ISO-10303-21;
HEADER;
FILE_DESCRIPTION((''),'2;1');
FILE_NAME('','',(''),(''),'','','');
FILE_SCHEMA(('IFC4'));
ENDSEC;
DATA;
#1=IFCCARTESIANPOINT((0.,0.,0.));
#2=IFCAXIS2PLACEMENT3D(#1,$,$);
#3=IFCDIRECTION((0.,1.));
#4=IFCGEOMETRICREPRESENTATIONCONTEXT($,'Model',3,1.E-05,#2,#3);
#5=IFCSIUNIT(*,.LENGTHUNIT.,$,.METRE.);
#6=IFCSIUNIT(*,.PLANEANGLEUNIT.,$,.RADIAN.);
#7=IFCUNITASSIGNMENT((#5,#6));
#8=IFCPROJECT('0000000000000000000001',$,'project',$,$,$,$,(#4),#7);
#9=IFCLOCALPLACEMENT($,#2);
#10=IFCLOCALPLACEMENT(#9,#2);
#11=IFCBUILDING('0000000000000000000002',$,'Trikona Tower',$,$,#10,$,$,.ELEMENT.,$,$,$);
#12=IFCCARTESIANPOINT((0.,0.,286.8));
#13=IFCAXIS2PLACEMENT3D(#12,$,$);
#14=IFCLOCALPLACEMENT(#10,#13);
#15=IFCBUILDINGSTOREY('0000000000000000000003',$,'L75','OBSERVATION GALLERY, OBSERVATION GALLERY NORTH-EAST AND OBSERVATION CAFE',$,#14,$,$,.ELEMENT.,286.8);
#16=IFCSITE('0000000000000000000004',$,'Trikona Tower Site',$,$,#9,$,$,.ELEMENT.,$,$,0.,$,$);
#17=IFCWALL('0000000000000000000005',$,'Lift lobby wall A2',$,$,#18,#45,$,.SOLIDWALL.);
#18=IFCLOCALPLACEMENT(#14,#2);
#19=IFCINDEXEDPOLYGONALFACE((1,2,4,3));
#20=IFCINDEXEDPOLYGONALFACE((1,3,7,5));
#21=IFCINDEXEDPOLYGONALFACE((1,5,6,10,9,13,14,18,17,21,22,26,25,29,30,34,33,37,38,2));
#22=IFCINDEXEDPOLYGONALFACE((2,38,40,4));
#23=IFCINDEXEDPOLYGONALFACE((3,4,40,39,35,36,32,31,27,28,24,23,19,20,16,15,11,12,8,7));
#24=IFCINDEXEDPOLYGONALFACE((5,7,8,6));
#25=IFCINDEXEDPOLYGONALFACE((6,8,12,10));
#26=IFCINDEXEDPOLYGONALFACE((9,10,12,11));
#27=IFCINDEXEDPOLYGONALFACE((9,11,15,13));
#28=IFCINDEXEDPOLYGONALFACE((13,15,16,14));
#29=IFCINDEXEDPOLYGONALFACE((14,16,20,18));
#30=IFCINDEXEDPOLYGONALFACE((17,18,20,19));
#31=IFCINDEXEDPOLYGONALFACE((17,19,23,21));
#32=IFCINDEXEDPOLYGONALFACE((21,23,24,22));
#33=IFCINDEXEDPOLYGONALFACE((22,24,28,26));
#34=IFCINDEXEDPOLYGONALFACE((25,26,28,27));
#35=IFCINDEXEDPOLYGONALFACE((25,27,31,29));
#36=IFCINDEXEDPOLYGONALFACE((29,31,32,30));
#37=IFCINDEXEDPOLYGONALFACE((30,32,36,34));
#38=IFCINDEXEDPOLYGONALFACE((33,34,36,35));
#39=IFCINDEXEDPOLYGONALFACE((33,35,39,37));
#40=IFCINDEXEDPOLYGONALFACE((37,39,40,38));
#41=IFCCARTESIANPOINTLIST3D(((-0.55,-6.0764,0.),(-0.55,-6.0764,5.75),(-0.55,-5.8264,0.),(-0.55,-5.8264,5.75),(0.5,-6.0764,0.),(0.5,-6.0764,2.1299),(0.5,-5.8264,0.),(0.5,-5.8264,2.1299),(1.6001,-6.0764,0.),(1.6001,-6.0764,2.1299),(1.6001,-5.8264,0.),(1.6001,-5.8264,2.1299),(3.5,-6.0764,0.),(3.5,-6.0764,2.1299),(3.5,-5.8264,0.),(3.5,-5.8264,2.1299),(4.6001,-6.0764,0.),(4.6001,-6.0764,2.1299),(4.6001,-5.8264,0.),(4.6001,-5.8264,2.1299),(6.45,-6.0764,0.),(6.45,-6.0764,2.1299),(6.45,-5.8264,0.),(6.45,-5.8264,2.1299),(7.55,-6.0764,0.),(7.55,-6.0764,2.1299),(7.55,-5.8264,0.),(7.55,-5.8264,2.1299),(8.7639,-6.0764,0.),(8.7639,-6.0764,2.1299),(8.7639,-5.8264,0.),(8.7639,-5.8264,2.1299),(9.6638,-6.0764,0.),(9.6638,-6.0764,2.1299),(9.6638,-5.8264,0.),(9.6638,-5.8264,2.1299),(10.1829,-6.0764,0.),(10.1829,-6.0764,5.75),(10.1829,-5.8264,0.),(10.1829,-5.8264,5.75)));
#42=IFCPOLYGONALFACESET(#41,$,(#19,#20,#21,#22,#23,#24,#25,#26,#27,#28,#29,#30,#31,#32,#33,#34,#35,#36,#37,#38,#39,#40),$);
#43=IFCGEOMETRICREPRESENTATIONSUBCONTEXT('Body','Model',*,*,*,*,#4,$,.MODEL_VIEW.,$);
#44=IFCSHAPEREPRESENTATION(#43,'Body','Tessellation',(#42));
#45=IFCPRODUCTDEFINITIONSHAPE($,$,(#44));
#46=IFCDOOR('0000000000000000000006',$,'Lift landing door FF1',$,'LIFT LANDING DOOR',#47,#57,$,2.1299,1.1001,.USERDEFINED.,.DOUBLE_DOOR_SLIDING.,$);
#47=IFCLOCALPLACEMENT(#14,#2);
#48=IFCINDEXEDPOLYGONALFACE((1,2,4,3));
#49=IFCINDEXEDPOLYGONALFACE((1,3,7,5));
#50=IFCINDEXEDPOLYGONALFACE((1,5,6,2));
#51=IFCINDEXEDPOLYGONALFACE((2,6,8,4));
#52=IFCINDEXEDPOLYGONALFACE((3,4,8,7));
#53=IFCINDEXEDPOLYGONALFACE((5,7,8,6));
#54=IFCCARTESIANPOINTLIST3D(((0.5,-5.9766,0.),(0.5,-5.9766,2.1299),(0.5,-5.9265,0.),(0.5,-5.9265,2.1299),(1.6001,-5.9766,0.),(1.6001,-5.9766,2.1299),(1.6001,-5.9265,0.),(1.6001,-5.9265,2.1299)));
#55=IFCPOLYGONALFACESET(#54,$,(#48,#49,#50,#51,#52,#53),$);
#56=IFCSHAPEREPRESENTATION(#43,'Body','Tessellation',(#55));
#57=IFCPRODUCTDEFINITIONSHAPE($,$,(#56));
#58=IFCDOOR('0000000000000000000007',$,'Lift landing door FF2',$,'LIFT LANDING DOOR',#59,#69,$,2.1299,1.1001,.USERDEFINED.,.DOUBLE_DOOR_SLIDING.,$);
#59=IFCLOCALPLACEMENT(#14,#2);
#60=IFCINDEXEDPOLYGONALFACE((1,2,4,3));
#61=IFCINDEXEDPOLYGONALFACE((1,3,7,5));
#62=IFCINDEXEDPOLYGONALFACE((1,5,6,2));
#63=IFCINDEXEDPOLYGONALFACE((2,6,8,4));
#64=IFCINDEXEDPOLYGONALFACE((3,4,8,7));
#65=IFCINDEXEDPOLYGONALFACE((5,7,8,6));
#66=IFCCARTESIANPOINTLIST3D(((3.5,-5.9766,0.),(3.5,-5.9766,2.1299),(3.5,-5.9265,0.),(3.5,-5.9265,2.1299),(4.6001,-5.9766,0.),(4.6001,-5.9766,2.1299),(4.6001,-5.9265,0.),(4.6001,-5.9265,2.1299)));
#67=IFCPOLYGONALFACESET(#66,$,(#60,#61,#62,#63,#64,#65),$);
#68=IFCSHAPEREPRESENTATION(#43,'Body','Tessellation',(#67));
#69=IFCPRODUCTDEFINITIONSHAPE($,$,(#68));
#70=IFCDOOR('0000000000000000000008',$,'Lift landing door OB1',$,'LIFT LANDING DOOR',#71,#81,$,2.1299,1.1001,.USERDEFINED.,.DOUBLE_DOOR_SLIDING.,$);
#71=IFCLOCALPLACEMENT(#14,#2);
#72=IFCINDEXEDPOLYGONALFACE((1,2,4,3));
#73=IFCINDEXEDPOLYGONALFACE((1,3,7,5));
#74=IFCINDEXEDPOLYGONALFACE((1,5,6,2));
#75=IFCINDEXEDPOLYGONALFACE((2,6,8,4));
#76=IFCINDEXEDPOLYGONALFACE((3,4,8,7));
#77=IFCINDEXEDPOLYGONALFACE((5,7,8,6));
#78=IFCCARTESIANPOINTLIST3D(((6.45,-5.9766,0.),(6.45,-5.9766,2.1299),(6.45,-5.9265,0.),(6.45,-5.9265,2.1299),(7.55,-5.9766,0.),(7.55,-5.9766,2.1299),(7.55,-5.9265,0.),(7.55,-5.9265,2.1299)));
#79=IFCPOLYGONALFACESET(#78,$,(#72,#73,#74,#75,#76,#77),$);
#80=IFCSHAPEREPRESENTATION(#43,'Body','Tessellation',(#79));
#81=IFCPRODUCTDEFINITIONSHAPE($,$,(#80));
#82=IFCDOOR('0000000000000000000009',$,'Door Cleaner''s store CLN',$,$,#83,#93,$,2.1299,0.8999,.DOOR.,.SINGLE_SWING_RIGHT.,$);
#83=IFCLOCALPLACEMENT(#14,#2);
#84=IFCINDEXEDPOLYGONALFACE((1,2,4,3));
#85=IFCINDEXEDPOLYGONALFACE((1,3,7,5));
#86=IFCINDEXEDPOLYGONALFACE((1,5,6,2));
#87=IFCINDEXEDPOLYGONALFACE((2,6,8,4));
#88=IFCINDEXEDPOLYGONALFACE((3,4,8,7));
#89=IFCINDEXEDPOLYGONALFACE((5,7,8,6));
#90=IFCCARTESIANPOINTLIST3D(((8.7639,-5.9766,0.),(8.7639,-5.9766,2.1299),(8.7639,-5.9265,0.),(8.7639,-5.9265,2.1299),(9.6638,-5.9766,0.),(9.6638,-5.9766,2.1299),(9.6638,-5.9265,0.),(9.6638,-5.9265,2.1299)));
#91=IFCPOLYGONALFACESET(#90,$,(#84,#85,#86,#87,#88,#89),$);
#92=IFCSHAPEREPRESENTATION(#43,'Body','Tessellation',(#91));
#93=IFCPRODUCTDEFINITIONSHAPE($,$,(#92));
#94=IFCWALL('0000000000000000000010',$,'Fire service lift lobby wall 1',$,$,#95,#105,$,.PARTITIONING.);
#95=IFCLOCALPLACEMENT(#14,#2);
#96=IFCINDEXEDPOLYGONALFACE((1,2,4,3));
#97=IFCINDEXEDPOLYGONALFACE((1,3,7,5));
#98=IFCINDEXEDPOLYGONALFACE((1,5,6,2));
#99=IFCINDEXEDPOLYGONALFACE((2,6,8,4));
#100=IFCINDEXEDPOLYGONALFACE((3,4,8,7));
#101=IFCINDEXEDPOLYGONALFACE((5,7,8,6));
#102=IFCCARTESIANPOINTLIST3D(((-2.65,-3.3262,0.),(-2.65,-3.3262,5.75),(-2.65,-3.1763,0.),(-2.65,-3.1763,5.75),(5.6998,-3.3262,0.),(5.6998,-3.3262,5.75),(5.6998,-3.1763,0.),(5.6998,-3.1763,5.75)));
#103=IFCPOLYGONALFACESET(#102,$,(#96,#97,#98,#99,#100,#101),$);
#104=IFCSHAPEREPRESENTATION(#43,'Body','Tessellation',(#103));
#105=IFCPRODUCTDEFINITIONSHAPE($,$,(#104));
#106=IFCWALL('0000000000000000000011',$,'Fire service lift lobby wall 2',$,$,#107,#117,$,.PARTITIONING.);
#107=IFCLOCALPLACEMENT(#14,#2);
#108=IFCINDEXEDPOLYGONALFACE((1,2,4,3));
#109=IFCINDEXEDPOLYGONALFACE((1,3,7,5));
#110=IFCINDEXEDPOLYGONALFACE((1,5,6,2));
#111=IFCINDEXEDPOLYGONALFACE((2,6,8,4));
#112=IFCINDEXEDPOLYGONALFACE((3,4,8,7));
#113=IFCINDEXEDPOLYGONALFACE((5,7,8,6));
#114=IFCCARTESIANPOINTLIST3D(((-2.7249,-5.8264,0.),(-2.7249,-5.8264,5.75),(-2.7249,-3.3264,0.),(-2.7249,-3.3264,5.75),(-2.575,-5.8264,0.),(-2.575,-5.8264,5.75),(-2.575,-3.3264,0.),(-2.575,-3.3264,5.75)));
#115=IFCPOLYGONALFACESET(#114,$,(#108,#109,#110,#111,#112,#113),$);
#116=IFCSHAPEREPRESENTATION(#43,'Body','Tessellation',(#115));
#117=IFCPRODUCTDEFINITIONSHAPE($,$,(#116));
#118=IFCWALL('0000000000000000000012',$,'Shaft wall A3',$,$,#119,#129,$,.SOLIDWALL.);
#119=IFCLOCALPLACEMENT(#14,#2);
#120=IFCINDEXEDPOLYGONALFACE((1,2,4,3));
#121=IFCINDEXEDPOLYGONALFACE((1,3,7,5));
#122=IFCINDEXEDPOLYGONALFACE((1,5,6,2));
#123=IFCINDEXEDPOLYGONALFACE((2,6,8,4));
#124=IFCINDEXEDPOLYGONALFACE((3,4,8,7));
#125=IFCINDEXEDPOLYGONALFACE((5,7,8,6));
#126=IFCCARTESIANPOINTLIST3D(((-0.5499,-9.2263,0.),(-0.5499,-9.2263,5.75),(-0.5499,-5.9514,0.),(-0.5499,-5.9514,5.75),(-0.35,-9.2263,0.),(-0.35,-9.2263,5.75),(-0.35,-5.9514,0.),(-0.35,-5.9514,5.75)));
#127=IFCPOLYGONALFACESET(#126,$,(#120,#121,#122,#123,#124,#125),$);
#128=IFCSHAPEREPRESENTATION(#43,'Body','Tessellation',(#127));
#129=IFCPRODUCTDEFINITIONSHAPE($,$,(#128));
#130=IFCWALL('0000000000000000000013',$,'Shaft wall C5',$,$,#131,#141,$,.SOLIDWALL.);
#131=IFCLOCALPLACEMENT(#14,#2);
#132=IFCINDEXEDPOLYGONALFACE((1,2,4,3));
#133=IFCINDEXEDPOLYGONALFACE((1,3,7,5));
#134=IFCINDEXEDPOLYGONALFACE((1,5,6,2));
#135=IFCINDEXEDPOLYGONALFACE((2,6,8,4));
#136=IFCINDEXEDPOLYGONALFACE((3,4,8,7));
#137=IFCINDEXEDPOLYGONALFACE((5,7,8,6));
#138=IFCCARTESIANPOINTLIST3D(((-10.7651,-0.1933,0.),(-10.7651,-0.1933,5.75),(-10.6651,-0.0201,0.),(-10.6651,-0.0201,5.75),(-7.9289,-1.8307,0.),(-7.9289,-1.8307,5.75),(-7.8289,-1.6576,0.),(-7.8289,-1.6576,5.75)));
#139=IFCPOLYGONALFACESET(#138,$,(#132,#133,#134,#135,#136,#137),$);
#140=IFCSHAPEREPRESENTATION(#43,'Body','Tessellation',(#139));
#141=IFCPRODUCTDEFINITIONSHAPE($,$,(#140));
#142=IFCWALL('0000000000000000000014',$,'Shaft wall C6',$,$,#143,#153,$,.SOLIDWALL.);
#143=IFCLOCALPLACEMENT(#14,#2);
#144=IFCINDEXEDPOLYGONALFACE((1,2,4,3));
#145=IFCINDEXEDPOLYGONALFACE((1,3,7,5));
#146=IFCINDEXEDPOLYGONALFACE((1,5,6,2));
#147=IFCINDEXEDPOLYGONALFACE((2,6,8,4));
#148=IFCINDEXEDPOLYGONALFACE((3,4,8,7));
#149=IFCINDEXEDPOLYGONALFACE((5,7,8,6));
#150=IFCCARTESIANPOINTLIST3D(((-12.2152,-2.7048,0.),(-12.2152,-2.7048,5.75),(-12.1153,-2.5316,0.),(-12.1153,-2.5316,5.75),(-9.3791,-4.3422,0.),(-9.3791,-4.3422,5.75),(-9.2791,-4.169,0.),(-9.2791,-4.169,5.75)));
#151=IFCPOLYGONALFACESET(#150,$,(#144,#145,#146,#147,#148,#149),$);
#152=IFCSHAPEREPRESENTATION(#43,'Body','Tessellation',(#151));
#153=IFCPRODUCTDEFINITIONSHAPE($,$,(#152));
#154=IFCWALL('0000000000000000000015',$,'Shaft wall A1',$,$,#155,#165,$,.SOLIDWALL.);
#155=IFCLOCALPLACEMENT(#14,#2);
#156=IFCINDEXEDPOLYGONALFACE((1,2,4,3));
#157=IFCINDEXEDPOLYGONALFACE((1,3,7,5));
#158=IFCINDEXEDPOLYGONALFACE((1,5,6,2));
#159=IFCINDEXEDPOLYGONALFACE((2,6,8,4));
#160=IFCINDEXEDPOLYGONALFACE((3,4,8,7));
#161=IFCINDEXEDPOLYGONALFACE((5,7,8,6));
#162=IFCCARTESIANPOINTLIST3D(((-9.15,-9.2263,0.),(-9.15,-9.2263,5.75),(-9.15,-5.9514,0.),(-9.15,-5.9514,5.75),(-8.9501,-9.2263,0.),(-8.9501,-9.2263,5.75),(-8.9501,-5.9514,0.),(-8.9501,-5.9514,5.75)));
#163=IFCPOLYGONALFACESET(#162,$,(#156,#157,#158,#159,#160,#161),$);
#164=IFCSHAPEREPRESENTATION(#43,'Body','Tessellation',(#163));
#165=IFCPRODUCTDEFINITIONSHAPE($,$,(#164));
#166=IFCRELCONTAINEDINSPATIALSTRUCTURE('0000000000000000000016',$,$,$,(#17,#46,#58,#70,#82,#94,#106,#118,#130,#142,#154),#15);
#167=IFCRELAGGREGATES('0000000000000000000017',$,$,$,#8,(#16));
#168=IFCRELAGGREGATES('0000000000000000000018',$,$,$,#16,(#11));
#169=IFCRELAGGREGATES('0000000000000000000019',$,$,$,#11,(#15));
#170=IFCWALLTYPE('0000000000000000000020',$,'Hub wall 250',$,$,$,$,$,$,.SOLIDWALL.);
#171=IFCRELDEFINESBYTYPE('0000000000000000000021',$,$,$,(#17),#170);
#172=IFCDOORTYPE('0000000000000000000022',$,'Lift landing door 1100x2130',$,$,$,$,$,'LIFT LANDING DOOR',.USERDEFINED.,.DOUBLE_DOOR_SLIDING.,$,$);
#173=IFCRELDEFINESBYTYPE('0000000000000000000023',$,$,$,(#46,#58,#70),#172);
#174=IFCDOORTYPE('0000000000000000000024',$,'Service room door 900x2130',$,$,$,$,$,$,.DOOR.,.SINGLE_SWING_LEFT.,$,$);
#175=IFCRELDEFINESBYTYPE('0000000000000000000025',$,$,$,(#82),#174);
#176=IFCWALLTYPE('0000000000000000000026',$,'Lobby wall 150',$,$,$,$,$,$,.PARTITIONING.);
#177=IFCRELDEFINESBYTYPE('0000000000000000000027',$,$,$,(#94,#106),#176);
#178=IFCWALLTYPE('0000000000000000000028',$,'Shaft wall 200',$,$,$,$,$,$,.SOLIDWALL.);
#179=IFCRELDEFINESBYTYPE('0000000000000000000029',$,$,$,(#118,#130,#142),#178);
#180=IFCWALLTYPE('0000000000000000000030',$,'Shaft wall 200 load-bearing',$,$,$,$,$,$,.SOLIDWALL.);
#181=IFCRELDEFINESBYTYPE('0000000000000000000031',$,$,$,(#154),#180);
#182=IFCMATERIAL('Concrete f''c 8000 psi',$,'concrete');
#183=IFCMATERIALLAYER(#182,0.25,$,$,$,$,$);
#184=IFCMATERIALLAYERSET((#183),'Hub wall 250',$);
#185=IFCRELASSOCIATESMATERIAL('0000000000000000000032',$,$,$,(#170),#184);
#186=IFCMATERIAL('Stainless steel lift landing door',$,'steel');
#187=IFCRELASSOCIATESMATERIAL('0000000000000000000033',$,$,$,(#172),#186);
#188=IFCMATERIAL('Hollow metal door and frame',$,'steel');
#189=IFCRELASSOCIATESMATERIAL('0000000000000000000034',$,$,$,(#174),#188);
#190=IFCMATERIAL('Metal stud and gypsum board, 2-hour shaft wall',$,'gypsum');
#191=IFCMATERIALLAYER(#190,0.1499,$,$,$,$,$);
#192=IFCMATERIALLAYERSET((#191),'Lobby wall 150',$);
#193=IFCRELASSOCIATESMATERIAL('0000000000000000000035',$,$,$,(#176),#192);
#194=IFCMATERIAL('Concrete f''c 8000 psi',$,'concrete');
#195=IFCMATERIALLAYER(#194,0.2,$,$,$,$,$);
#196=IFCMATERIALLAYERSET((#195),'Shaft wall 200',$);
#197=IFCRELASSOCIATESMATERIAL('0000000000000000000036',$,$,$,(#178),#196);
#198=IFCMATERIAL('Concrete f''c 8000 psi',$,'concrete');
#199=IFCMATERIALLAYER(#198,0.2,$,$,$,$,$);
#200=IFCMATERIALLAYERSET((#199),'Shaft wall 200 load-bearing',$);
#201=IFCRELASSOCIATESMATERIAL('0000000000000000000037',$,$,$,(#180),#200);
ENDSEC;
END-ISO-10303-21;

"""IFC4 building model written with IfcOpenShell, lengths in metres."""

from ifc_helpers import new_model, si_unit, direction, frame, frame_2d, origin, place, context, subcontext, project, spatial, rectangle, extrude, material, layer, layer_set, type_object, element, fill, save


model = new_model("IFC4")

# Units and contexts
model_context = context("Model", 3, precision=1e-05, world=origin(), true_north=direction((0.0, 1.0)))
body_context = subcontext(model_context, "Body", "Model", "MODEL_VIEW")
ifc_project = project(units=[si_unit("LENGTHUNIT", "METRE"), si_unit("PLANEANGLEUNIT", "RADIAN")], contexts=[model_context])

# Site, building, storey
site_placement = place(None, origin())
site = spatial("IfcSite", under=ifc_project, at=site_placement, Name="Trikona Tower Site", CompositionType="ELEMENT", RefElevation=0.0)
building_placement = place(site_placement, origin())
building = spatial("IfcBuilding", under=site, at=building_placement, Name="Trikona Tower", CompositionType="ELEMENT")
storey_placement = place(building_placement, frame((0.0, 0.0, 286.8)))
storey = spatial("IfcBuildingStorey", under=building, at=storey_placement, Name="L75", Description="OBSERVATION GALLERY, OBSERVATION GALLERY NORTH-EAST AND OBSERVATION CAFE", CompositionType="ELEMENT", Elevation=286.8)

# Shared definitions
ifc_material_1 = material(Name="Concrete f'c 8000 psi", Category="concrete")
ifc_layer_1 = layer(ifc_material_1, 0.25)
ifc_layer_set_1 = layer_set([ifc_layer_1], Name="Hub wall 250")
wall_type_1 = type_object("IfcWallType", Name="Hub wall 250", PredefinedType="SOLIDWALL", material=ifc_layer_set_1)

# Wall, openings, doors
wall_1_placement = place(storey_placement, frame((-0.55, -5.9514, 0.0), z_axis=(0.0, 0.0, 1.0), x_axis=(1.0, 0.0, 0.0)))
wall_1 = element("IfcWall", 1, at=wall_1_placement, inside=storey, type_object=wall_type_1, Name="Lift lobby wall A2", PredefinedType="SOLIDWALL", context=body_context, shape_type="SweptSolid", body=[
    extrude(rectangle(XDim=10.7329, YDim=0.25, at=frame_2d((5.3665, 0.0))), origin(), (0.0, 0.0, 1.0), 5.75),
])
opening_1_placement = place(wall_1_placement, frame((9.314, 0.0, 0.0)))
opening_1 = element("IfcOpeningElement", 2, at=opening_1_placement, cuts=wall_1, PredefinedType="OPENING", context=body_context, shape_type="SweptSolid", body=[
    extrude(rectangle(XDim=0.8999, YDim=2.1299, at=frame_2d((0.45, 1.0649))), frame((0.0, 0.135, 0.0), z_axis=(0.0, -1.0, 0.0), x_axis=(1.0, 0.0, 0.0)), (0.0, 0.0, 1.0), 0.27),
])
opening_2_placement = place(wall_1_placement, frame((1.05, 0.0, 0.0)))
opening_2 = element("IfcOpeningElement", 3, at=opening_2_placement, cuts=wall_1, PredefinedType="OPENING", context=body_context, shape_type="SweptSolid", body=[
    extrude(rectangle(XDim=1.1001, YDim=2.1299, at=frame_2d((0.55, 1.0649))), frame((0.0, 0.135, 0.0), z_axis=(0.0, -1.0, 0.0), x_axis=(1.0, 0.0, 0.0)), (0.0, 0.0, 1.0), 0.27),
])
opening_3_placement = place(wall_1_placement, frame((4.05, 0.0, 0.0)))
opening_3 = element("IfcOpeningElement", 4, at=opening_3_placement, cuts=wall_1, PredefinedType="OPENING", context=body_context, shape_type="SweptSolid", body=[
    extrude(rectangle(XDim=1.1001, YDim=2.1299, at=frame_2d((0.55, 1.0649))), frame((0.0, 0.135, 0.0), z_axis=(0.0, -1.0, 0.0), x_axis=(1.0, 0.0, 0.0)), (0.0, 0.0, 1.0), 0.27),
])
opening_4_placement = place(wall_1_placement, frame((7.0, 0.0, 0.0)))
opening_4 = element("IfcOpeningElement", 5, at=opening_4_placement, cuts=wall_1, PredefinedType="OPENING", context=body_context, shape_type="SweptSolid", body=[
    extrude(rectangle(XDim=1.1001, YDim=2.1299, at=frame_2d((0.55, 1.0649))), frame((0.0, 0.135, 0.0), z_axis=(0.0, -1.0, 0.0), x_axis=(1.0, 0.0, 0.0)), (0.0, 0.0, 1.0), 0.27),
])
ifc_material_2 = material(Name="Stainless steel lift landing door", Category="steel")
door_type_1 = type_object("IfcDoorType", Name="Lift landing door 1100x2130", ElementType="LIFT LANDING DOOR", OperationType="DOUBLE_DOOR_SLIDING", PredefinedType="USERDEFINED", material=ifc_material_2)
door_1_placement = place(opening_2_placement, origin())
door_1 = element("IfcDoor", 6, at=door_1_placement, inside=storey, type_object=door_type_1, Name="Lift landing door FF1", ObjectType="LIFT LANDING DOOR", OperationType="DOUBLE_DOOR_SLIDING", OverallHeight=2.1299, OverallWidth=1.1001, PredefinedType="USERDEFINED", context=body_context, shape_type="SweptSolid", body=[
    extrude(rectangle(XDim=1.1001, YDim=2.1299, at=frame_2d((0.55, 1.0649))), frame((0.0, 0.0249, 0.0), z_axis=(0.0, -1.0, 0.0), x_axis=(1.0, 0.0, 0.0)), (0.0, 0.0, 1.0), 0.05),
])
fill(opening_2, door_1)
door_2_placement = place(opening_3_placement, origin())
door_2 = element("IfcDoor", 7, at=door_2_placement, inside=storey, type_object=door_type_1, Name="Lift landing door FF2", ObjectType="LIFT LANDING DOOR", OperationType="DOUBLE_DOOR_SLIDING", OverallHeight=2.1299, OverallWidth=1.1001, PredefinedType="USERDEFINED", context=body_context, shape_type="SweptSolid", body=[
    extrude(rectangle(XDim=1.1001, YDim=2.1299, at=frame_2d((0.55, 1.0649))), frame((0.0, 0.0249, 0.0), z_axis=(0.0, -1.0, 0.0), x_axis=(1.0, 0.0, 0.0)), (0.0, 0.0, 1.0), 0.05),
])
fill(opening_3, door_2)
door_3_placement = place(opening_4_placement, origin())
door_3 = element("IfcDoor", 8, at=door_3_placement, inside=storey, type_object=door_type_1, Name="Lift landing door OB1", ObjectType="LIFT LANDING DOOR", OperationType="DOUBLE_DOOR_SLIDING", OverallHeight=2.1299, OverallWidth=1.1001, PredefinedType="USERDEFINED", context=body_context, shape_type="SweptSolid", body=[
    extrude(rectangle(XDim=1.1001, YDim=2.1299, at=frame_2d((0.55, 1.0649))), frame((0.0, 0.0249, 0.0), z_axis=(0.0, -1.0, 0.0), x_axis=(1.0, 0.0, 0.0)), (0.0, 0.0, 1.0), 0.05),
])
fill(opening_4, door_3)
ifc_material_3 = material(Name="Hollow metal door and frame", Category="steel")
door_type_2 = type_object("IfcDoorType", Name="Service room door 900x2130", OperationType="SINGLE_SWING_LEFT", PredefinedType="DOOR", material=ifc_material_3)
door_4_placement = place(opening_1_placement, origin())
door_4 = element("IfcDoor", 9, at=door_4_placement, inside=storey, type_object=door_type_2, Name="Door Cleaner's store CLN", OperationType="SINGLE_SWING_RIGHT", OverallHeight=2.1299, OverallWidth=0.8999, PredefinedType="DOOR", context=body_context, shape_type="SweptSolid", body=[
    extrude(rectangle(XDim=0.8999, YDim=2.1299, at=frame_2d((0.45, 1.0649))), frame((0.0, 0.0249, 0.0), z_axis=(0.0, -1.0, 0.0), x_axis=(1.0, 0.0, 0.0)), (0.0, 0.0, 1.0), 0.05),
])
fill(opening_1, door_4)

# Walls
ifc_material_4 = material(Name="Metal stud and gypsum board, 2-hour shaft wall", Category="gypsum")
ifc_layer_2 = layer(ifc_material_4, 0.1499)
ifc_layer_set_2 = layer_set([ifc_layer_2], Name="Lobby wall 150")
wall_type_2 = type_object("IfcWallType", Name="Lobby wall 150", PredefinedType="PARTITIONING", material=ifc_layer_set_2)
wall_2_placement = place(storey_placement, frame((-2.6499, -3.2512, 0.0), z_axis=(0.0, 0.0, 1.0), x_axis=(1.0, 0.0, 0.0)))
element("IfcWall", 10, at=wall_2_placement, inside=storey, type_object=wall_type_2, Name="Fire service lift lobby wall 1", PredefinedType="PARTITIONING", context=body_context, shape_type="SweptSolid", body=[
    extrude(rectangle(XDim=8.3499, YDim=0.1499, at=frame_2d((4.1748, 0.0))), origin(), (0.0, 0.0, 1.0), 5.75),
])
wall_3_placement = place(storey_placement, frame((-2.6499, -5.8264, 0.0), z_axis=(0.0, 0.0, 1.0), x_axis=(0.0, 1.0, 0.0)))
element("IfcWall", 11, at=wall_3_placement, inside=storey, type_object=wall_type_2, Name="Fire service lift lobby wall 2", PredefinedType="PARTITIONING", context=body_context, shape_type="SweptSolid", body=[
    extrude(rectangle(XDim=2.5, YDim=0.1499, at=frame_2d((1.25, 0.0))), origin(), (0.0, 0.0, 1.0), 5.75),
])
ifc_material_5 = material(Name="Concrete f'c 8000 psi", Category="concrete")
ifc_layer_3 = layer(ifc_material_5, 0.2)
ifc_layer_set_3 = layer_set([ifc_layer_3], Name="Shaft wall 200")
wall_type_3 = type_object("IfcWallType", Name="Shaft wall 200", PredefinedType="SOLIDWALL", material=ifc_layer_set_3)
for number, where, z_axis, x_axis, name in (
    (12, (-0.45, -5.9514, 0.0), (0.0, 0.0, 1.0), (0.0, -1.0, 0.0), "Shaft wall A3"),
    (13, (-7.8789, -1.7441, 0.0), (0.0, 0.0, 1.0), (-0.866028, 0.499996, 0.0), "Shaft wall C5"),
    (14, (-9.3291, -4.2556, 0.0), (0.0, 0.0, 1.0), (-0.866028, 0.499996, 0.0), "Shaft wall C6"),
):
    element("IfcWall", number, at=place(storey_placement, frame(where, z_axis=z_axis, x_axis=x_axis)), inside=storey, type_object=wall_type_3, Name=name, PredefinedType="SOLIDWALL", context=body_context, shape_type="SweptSolid", body=[
        extrude(rectangle(XDim=3.2749, YDim=0.2, at=frame_2d((1.6375, 0.0))), origin(), (0.0, 0.0, 1.0), 5.75),
    ])
ifc_material_6 = material(Name="Concrete f'c 8000 psi", Category="concrete")
ifc_layer_4 = layer(ifc_material_6, 0.2)
ifc_layer_set_4 = layer_set([ifc_layer_4], Name="Shaft wall 200 load-bearing")
wall_type_4 = type_object("IfcWallType", Name="Shaft wall 200 load-bearing", PredefinedType="SOLIDWALL", material=ifc_layer_set_4)
wall_4_placement = place(storey_placement, frame((-9.05, -5.9514, 0.0), z_axis=(0.0, 0.0, 1.0), x_axis=(0.0, -1.0, 0.0)))
element("IfcWall", 15, at=wall_4_placement, inside=storey, type_object=wall_type_4, Name="Shaft wall A1", PredefinedType="SOLIDWALL", context=body_context, shape_type="SweptSolid", body=[
    extrude(rectangle(XDim=3.2749, YDim=0.2, at=frame_2d((1.6375, 0.0))), origin(), (0.0, 0.0, 1.0), 5.75),
])

save(model, "model.ifc")
